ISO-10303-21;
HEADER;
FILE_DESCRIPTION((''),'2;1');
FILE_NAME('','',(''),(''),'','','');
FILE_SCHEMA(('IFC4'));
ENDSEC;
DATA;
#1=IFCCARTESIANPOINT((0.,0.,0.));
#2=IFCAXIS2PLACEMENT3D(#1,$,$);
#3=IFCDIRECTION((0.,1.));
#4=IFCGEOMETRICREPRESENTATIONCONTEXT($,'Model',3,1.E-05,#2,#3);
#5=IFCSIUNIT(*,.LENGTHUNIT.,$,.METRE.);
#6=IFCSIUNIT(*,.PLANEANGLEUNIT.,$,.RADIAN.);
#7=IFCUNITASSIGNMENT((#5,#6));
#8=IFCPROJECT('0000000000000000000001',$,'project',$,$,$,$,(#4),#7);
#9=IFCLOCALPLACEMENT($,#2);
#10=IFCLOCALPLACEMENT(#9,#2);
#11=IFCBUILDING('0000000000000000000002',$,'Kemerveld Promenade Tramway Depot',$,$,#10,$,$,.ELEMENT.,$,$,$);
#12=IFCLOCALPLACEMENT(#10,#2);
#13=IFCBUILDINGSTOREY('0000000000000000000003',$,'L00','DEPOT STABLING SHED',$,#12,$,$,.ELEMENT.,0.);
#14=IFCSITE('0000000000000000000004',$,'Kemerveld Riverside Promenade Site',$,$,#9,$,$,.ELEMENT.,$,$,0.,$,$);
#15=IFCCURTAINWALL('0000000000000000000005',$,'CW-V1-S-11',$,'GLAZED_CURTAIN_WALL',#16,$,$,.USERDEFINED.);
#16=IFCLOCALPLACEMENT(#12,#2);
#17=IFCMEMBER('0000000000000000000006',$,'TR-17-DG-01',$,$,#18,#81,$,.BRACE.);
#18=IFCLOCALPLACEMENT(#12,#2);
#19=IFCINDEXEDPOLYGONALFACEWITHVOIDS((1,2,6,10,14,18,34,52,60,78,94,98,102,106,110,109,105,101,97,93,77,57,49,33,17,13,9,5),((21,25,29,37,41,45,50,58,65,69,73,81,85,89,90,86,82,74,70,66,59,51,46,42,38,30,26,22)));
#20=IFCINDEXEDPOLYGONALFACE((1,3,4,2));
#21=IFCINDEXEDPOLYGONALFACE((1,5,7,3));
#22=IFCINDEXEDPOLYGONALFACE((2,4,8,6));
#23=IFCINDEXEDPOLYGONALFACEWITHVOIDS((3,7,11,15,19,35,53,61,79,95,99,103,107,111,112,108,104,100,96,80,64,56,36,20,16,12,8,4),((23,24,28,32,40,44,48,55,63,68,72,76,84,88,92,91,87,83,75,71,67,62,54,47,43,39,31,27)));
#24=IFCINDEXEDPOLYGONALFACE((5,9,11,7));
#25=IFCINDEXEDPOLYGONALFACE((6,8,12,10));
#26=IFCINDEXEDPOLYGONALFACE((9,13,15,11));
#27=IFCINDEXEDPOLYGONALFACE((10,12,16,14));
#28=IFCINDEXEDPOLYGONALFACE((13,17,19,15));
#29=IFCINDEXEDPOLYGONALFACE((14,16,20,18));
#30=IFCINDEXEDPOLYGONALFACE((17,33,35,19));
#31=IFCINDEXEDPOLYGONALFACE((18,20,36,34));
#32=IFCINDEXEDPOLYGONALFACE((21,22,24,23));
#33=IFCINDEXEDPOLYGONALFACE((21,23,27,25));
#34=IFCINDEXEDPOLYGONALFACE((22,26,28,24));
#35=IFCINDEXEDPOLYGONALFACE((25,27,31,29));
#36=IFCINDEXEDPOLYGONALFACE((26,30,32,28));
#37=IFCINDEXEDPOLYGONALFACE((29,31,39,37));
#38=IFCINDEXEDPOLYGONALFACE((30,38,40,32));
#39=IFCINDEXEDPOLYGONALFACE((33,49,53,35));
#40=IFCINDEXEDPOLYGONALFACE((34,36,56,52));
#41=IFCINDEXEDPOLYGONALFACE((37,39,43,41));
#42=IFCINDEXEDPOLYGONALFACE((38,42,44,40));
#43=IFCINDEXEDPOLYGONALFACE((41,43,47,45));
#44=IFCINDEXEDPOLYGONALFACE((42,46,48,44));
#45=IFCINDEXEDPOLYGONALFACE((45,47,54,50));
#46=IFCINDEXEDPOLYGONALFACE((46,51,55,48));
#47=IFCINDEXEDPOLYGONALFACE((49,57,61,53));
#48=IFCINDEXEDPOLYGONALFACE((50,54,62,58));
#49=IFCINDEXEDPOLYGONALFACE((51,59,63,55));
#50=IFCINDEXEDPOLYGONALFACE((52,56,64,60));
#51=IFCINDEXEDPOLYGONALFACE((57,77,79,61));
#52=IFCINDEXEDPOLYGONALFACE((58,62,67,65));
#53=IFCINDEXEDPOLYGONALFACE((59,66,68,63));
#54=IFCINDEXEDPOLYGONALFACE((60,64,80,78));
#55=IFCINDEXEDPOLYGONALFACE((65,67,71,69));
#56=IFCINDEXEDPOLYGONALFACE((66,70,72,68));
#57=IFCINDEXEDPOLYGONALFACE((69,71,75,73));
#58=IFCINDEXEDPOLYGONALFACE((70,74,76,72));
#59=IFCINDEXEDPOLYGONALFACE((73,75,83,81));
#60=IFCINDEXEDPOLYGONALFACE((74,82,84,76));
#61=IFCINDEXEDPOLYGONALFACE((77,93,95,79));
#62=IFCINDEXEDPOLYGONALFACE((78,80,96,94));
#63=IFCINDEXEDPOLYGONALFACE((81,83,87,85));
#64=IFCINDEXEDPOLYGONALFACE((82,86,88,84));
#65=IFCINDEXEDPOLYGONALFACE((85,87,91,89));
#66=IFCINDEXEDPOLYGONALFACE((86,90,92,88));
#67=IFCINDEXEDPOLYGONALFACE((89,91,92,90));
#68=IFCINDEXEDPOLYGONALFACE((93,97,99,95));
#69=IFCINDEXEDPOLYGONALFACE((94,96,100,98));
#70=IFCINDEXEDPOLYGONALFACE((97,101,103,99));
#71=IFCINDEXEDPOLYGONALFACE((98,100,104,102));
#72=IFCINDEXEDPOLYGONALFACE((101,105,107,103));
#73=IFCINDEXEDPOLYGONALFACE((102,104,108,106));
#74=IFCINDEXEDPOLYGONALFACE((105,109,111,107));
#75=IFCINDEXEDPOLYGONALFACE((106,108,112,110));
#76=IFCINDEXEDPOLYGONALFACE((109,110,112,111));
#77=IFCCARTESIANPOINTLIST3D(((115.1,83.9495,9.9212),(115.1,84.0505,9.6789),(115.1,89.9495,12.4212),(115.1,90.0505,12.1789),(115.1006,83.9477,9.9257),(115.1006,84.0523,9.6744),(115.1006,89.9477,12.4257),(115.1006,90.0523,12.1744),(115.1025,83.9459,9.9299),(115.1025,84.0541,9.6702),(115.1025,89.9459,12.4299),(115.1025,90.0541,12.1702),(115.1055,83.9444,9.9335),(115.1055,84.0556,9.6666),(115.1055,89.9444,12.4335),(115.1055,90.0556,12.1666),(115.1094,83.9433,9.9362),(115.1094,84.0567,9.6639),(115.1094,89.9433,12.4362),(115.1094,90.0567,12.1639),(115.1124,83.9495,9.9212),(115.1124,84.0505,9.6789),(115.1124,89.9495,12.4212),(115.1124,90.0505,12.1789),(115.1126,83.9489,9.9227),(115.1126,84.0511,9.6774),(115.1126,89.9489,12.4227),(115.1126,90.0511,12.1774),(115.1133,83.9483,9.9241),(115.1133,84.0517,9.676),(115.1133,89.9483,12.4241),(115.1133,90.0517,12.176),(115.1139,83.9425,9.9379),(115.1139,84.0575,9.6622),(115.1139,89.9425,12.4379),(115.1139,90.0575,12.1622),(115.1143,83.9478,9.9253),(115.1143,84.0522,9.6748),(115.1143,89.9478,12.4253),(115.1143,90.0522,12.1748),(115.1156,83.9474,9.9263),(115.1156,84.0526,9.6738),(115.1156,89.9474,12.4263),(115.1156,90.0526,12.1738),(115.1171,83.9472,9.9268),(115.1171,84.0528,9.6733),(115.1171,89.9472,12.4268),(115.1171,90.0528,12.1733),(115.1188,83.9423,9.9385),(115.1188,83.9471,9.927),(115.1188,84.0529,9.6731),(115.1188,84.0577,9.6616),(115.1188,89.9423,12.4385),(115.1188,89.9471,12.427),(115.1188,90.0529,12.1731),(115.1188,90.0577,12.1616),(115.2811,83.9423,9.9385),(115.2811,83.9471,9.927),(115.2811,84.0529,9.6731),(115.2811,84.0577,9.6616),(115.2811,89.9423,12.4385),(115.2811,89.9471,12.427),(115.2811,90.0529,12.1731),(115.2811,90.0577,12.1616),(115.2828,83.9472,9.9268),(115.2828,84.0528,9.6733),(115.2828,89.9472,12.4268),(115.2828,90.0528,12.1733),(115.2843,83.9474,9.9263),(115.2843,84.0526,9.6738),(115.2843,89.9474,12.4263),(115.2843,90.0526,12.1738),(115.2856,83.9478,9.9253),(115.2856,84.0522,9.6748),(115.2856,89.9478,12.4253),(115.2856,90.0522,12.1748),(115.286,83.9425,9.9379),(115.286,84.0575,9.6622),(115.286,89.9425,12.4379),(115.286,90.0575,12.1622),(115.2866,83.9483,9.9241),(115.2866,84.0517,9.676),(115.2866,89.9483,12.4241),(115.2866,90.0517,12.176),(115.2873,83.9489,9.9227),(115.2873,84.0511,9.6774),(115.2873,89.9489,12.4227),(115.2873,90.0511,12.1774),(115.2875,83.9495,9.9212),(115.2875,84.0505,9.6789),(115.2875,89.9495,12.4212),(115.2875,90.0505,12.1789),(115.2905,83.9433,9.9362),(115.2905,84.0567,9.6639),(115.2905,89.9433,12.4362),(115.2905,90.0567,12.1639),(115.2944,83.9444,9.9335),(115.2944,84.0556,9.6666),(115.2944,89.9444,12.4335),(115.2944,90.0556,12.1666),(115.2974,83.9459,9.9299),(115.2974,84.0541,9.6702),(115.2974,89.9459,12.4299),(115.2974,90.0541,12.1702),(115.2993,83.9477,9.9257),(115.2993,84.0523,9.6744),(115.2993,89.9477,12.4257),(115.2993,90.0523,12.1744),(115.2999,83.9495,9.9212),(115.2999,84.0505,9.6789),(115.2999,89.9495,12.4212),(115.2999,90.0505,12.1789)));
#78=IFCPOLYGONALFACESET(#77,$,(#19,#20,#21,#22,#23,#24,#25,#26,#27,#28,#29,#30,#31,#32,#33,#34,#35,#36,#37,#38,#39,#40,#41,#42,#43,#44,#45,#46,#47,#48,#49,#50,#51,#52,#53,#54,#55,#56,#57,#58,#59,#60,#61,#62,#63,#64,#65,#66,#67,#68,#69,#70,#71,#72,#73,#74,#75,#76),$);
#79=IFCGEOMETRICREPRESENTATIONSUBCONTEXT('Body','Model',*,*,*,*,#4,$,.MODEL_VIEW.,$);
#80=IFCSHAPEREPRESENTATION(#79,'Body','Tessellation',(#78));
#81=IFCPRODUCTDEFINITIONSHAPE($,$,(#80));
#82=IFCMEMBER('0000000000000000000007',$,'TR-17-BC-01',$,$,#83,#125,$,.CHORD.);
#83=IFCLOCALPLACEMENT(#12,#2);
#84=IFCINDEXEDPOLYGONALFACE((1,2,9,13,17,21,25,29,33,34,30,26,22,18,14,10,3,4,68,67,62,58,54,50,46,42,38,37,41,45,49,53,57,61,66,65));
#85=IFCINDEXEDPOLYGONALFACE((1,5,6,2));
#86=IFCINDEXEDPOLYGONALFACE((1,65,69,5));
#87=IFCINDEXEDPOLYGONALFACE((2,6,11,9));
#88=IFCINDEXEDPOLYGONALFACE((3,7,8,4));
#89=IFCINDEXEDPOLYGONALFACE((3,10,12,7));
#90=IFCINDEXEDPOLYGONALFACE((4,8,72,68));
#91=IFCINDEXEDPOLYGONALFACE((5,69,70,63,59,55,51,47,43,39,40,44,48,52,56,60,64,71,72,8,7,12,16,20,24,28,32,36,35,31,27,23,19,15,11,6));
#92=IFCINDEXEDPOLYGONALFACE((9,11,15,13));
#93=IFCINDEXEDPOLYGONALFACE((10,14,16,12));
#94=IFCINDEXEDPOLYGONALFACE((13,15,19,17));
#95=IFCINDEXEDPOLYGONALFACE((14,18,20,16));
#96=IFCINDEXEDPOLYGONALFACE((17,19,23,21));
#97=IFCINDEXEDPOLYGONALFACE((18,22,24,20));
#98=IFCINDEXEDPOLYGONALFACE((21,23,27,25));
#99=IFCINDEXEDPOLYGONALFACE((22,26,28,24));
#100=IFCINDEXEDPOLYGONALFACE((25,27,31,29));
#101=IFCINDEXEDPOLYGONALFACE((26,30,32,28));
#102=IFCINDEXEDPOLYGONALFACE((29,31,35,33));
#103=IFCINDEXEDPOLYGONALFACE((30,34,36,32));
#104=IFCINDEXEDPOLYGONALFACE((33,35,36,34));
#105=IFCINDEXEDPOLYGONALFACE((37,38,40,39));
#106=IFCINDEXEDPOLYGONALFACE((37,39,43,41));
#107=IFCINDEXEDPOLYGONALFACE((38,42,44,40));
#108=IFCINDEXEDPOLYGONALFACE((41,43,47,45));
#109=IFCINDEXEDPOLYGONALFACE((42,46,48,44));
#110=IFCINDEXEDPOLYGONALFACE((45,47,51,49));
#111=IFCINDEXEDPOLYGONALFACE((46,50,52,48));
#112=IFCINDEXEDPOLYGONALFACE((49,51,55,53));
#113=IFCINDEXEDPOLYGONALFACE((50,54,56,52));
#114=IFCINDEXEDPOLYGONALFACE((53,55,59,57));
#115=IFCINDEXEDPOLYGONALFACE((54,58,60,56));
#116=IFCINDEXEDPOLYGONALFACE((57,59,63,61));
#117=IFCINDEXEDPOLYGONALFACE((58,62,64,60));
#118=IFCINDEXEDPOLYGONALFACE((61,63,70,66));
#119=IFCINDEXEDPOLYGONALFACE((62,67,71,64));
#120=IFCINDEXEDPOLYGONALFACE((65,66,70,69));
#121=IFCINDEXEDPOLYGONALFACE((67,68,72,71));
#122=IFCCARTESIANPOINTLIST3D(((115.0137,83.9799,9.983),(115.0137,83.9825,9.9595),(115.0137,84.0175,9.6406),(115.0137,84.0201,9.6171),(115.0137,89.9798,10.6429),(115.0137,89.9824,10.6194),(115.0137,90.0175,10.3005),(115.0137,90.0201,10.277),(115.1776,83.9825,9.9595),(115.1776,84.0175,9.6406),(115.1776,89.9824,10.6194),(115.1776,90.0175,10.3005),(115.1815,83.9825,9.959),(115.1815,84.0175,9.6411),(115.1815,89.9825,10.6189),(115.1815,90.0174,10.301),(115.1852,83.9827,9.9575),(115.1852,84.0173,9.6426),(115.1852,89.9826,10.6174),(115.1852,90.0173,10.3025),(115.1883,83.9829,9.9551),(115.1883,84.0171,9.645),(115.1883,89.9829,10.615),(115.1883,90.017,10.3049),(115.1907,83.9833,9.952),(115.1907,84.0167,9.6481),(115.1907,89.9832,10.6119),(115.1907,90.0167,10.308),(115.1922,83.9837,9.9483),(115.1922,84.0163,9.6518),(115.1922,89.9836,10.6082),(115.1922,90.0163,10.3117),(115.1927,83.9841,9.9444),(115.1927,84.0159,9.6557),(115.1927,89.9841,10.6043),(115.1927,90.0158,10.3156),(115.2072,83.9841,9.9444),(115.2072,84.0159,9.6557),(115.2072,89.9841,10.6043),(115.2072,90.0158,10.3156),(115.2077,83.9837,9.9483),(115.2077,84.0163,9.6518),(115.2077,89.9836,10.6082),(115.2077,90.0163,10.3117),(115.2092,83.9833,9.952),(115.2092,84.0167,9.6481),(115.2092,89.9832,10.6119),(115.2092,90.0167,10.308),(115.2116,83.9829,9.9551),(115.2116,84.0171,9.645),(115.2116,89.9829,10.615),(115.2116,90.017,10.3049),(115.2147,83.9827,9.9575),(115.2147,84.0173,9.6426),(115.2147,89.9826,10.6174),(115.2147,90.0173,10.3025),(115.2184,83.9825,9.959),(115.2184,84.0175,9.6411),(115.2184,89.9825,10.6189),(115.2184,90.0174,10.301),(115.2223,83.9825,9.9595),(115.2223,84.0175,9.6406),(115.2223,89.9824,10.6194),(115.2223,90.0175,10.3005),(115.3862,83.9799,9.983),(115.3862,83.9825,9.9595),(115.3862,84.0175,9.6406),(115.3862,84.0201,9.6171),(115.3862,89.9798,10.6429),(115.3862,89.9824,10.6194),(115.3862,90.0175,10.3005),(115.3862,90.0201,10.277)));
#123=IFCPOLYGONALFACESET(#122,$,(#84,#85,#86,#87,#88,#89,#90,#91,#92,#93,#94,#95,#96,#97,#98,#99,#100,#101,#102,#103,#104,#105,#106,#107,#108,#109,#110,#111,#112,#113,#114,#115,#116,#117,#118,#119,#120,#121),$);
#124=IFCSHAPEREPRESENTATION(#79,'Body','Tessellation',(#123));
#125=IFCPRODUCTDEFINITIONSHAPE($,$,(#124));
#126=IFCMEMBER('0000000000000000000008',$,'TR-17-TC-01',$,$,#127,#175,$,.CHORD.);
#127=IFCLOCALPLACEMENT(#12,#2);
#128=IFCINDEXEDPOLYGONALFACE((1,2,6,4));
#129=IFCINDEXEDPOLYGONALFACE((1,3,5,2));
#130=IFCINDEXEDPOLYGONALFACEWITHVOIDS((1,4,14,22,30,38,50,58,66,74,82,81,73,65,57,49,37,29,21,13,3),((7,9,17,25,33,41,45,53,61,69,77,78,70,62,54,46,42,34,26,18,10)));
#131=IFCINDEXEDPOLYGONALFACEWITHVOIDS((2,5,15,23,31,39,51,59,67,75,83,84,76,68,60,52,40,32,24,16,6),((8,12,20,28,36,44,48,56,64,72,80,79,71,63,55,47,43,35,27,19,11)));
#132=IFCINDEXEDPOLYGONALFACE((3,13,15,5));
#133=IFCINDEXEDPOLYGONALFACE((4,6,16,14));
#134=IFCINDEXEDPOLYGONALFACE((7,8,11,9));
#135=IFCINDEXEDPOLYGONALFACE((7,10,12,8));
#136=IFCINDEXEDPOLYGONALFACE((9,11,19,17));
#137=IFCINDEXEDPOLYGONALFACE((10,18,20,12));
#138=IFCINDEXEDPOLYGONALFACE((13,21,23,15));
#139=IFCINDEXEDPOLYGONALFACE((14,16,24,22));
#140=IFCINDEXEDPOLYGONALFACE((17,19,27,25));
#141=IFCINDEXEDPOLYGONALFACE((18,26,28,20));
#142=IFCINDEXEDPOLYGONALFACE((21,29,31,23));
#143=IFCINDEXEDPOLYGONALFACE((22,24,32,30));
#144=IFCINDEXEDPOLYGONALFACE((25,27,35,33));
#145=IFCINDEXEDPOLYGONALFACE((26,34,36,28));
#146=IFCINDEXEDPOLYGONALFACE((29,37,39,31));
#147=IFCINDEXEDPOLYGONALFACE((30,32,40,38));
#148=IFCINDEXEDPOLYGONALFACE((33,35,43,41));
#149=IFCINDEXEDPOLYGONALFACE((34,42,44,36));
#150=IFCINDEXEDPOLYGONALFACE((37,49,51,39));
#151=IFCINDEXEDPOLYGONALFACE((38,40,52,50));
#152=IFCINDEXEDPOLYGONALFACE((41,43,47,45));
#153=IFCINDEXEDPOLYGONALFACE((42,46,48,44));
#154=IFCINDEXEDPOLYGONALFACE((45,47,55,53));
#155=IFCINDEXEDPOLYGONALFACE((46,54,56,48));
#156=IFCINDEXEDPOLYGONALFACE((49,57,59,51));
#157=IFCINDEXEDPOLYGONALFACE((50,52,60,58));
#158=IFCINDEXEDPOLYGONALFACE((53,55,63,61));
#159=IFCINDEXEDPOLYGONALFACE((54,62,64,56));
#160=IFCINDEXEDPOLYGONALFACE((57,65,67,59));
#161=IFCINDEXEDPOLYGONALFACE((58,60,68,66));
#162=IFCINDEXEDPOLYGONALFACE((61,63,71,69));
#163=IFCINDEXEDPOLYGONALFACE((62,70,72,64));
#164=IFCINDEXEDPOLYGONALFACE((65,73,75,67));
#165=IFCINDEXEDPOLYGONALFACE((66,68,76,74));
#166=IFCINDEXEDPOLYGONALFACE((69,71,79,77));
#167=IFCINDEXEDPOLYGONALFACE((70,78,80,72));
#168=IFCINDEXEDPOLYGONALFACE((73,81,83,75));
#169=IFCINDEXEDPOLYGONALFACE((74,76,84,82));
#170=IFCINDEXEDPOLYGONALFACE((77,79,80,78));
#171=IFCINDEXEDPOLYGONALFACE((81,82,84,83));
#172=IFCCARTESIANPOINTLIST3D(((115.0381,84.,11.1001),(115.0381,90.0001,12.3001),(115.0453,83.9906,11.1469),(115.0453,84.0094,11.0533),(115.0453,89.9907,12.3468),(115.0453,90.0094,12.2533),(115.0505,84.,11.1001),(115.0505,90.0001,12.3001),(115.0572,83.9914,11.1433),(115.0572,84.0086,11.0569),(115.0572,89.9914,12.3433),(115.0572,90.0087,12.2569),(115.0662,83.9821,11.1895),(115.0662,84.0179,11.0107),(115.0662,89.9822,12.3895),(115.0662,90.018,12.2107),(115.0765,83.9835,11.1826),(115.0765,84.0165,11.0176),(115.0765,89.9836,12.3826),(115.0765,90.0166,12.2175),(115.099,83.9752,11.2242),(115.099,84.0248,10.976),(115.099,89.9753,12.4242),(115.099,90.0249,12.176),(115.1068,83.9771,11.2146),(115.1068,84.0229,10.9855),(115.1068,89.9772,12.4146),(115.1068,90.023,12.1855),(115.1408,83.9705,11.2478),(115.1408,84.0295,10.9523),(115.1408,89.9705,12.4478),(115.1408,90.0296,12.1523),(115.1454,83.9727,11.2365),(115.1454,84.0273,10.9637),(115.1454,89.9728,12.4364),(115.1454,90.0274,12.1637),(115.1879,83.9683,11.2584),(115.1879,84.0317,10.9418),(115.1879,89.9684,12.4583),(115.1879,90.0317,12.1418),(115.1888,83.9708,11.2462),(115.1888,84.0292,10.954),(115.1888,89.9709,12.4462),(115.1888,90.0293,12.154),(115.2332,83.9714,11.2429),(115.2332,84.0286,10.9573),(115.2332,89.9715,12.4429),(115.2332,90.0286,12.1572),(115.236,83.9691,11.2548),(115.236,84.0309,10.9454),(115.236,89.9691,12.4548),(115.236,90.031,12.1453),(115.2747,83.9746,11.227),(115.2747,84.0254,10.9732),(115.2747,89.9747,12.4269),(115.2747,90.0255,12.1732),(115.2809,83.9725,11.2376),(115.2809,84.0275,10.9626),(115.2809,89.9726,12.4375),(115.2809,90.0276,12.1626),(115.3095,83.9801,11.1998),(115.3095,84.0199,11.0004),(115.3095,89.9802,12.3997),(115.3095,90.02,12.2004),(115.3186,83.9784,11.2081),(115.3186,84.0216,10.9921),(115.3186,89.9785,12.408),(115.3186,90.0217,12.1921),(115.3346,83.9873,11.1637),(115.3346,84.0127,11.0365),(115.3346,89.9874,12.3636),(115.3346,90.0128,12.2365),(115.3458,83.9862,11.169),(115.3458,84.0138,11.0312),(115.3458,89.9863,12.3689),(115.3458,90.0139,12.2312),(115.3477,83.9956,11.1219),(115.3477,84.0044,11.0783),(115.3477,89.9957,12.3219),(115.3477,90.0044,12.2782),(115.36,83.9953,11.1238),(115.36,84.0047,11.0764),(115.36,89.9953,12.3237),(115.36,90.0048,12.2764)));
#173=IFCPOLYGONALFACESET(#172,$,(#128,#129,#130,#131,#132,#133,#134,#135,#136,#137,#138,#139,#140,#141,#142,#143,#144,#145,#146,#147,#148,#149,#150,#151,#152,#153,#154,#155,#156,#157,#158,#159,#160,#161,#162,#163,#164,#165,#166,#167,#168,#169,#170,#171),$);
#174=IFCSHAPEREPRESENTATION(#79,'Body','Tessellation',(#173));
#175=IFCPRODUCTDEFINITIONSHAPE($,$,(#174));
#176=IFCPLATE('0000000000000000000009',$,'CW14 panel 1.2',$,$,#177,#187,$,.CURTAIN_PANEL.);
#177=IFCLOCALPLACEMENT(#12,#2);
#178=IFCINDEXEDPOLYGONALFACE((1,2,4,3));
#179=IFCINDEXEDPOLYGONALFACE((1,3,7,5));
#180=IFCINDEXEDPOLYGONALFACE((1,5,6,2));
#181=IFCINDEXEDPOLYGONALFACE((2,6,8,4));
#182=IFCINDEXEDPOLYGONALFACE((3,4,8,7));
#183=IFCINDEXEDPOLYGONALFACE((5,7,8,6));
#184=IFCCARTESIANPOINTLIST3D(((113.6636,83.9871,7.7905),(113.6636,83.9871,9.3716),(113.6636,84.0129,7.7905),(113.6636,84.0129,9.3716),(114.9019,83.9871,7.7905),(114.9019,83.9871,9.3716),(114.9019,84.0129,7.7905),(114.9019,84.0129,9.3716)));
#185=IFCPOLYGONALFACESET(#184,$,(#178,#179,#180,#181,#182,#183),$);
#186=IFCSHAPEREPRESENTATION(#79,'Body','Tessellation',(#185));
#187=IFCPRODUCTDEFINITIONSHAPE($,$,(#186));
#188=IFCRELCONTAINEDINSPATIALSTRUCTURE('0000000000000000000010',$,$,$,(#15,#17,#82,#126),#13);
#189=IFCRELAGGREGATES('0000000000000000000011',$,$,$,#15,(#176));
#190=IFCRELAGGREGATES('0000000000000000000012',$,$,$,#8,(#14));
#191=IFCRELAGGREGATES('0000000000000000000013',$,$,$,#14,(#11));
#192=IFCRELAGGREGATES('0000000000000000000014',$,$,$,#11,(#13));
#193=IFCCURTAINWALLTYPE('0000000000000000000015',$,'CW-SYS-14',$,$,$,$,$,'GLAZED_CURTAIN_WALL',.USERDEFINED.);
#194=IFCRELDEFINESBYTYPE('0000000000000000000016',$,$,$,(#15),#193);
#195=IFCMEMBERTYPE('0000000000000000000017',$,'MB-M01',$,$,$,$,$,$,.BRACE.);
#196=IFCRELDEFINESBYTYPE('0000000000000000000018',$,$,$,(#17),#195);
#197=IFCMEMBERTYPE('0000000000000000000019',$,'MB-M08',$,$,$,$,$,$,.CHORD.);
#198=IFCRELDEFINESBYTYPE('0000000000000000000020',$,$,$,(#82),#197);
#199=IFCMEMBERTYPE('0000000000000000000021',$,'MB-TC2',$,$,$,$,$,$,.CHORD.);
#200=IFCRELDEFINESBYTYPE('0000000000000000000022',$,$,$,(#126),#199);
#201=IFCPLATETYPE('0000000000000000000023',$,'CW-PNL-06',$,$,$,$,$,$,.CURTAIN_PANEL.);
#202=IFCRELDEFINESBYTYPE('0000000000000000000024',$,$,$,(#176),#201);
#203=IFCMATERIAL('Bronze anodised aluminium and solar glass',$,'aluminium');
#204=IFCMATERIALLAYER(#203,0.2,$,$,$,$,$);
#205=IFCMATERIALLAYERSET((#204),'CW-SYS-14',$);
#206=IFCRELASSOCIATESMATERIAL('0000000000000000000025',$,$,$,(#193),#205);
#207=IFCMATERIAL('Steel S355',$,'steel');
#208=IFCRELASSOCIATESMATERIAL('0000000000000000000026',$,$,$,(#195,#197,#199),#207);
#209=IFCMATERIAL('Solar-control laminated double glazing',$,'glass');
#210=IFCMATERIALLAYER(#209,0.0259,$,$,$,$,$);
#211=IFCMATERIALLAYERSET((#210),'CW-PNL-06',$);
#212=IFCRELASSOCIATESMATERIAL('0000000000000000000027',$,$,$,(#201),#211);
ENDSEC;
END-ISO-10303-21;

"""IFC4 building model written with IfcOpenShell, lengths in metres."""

from ifc_helpers import new_model, si_unit, direction, frame, origin, origin_2d, place, context, subcontext, project, spatial, rectangle, hollow_rectangle, hollow_circle, i_section, extrude, material, layer, layer_set, material_profile, profile_set, type_object, element, aggregate, save


model = new_model("IFC4")

# Units and contexts
model_context = context("Model", 3, precision=1e-05, world=origin(), true_north=direction((0.0, 1.0)))
body_context = subcontext(model_context, "Body", "Model", "MODEL_VIEW")
ifc_project = project(units=[si_unit("LENGTHUNIT", "METRE"), si_unit("PLANEANGLEUNIT", "RADIAN")], contexts=[model_context])

# Site, building, storey
site_placement = place(None, origin())
site = spatial("IfcSite", under=ifc_project, at=site_placement, Name="Kemerveld Riverside Promenade Site", CompositionType="ELEMENT", RefElevation=0.0)
building_placement = place(site_placement, origin())
building = spatial("IfcBuilding", under=site, at=building_placement, Name="Kemerveld Promenade Tramway Depot", CompositionType="ELEMENT")
storey_placement = place(building_placement, origin())
storey = spatial("IfcBuildingStorey", under=building, at=storey_placement, Name="L00", Description="DEPOT STABLING SHED", CompositionType="ELEMENT", Elevation=0.0)

# Shared definitions
ifc_material_1 = material(Name="Steel S355", Category="steel")

# Curtain wall
ifc_material_2 = material(Name="Bronze anodised aluminium and solar glass", Category="aluminium")
ifc_layer_1 = layer(ifc_material_2, 0.2)
ifc_layer_set_1 = layer_set([ifc_layer_1], Name="CW-SYS-14")
curtain_wall_type_1 = type_object("IfcCurtainWallType", Name="CW-SYS-14", ElementType="GLAZED_CURTAIN_WALL", PredefinedType="USERDEFINED", material=ifc_layer_set_1)
curtain_wall_1_placement = place(storey_placement, origin())
curtain_wall_1 = element("IfcCurtainWall", 1, at=curtain_wall_1_placement, inside=storey, type_object=curtain_wall_type_1, Name="CW-V1-S-11", ObjectType="GLAZED_CURTAIN_WALL", PredefinedType="USERDEFINED")

# Members
ifc_material_profile_1 = material_profile(ifc_material_1, hollow_rectangle(XDim=0.2, YDim=0.3, WallThickness=0.0125, InnerFilletRadius=0.0063, OuterFilletRadius=0.0188, at=origin_2d()), Name="300x200x12.5 RHS")
ifc_profile_set_1 = profile_set([ifc_material_profile_1], Name="Steel S355")
member_type_1 = type_object("IfcMemberType", Name="MB-M01", PredefinedType="BRACE", material=ifc_profile_set_1)
member_1_placement = place(storey_placement, frame((115.2, 84.0, 9.8), z_axis=(0.0, 0.923077, 0.384615), x_axis=(-1.0, 0.0, 0.0)))
element("IfcMember", 2, at=member_1_placement, inside=storey, type_object=member_type_1, Name="TR-17-DG-01", PredefinedType="BRACE", context=body_context, shape_type="SweptSolid", body=[
    extrude(hollow_rectangle(XDim=0.2, YDim=0.3, WallThickness=0.0125, InnerFilletRadius=0.0063, OuterFilletRadius=0.0188, at=origin_2d()), origin(), (0.0, 0.0, 1.0), 6.5),
])
ifc_material_profile_2 = material_profile(ifc_material_1, i_section(OverallWidth=0.3726, OverallDepth=0.3682, WebThickness=0.0144, FlangeThickness=0.0237, FilletRadius=0.0151, at=origin_2d()), Name="356x368x177 UC")
ifc_profile_set_2 = profile_set([ifc_material_profile_2], Name="Steel S355")
member_type_2 = type_object("IfcMemberType", Name="MB-M08", PredefinedType="CHORD", material=ifc_profile_set_2)
member_2_placement = place(storey_placement, frame((115.2, 84.0, 9.8), z_axis=(0.0, 0.994006, 0.109326), x_axis=(-1.0, 0.0, 0.0)))
element("IfcMember", 3, at=member_2_placement, inside=storey, type_object=member_type_2, Name="TR-17-BC-01", PredefinedType="CHORD", context=body_context, shape_type="SweptSolid", body=[
    extrude(i_section(OverallWidth=0.3726, OverallDepth=0.3682, WebThickness=0.0144, FlangeThickness=0.0237, FilletRadius=0.0151, at=origin_2d()), origin(), (0.0, 0.0, 1.0), 6.0361),
])
ifc_material_profile_3 = material_profile(ifc_material_1, hollow_circle(Radius=0.1619, WallThickness=0.0125, at=origin_2d()), Name="323.9x12.5 CHS")
ifc_profile_set_3 = profile_set([ifc_material_profile_3], Name="Steel S355")
member_type_3 = type_object("IfcMemberType", Name="MB-TC2", PredefinedType="CHORD", material=ifc_profile_set_3)
member_3_placement = place(storey_placement, frame((115.2, 84.0, 11.1001), z_axis=(0.0, 0.980582, 0.196108), x_axis=(-1.0, 0.0, 0.0)))
element("IfcMember", 4, at=member_3_placement, inside=storey, type_object=member_type_3, Name="TR-17-TC-01", PredefinedType="CHORD", context=body_context, shape_type="SweptSolid", body=[
    extrude(hollow_circle(Radius=0.1619, WallThickness=0.0125, at=origin_2d()), origin(), (0.0, 0.0, 1.0), 6.1189),
])

# Plate
ifc_material_3 = material(Name="Solar-control laminated double glazing", Category="glass")
ifc_layer_2 = layer(ifc_material_3, 0.0259)
ifc_layer_set_2 = layer_set([ifc_layer_2], Name="CW-PNL-06")
plate_type_1 = type_object("IfcPlateType", Name="CW-PNL-06", PredefinedType="CURTAIN_PANEL", material=ifc_layer_set_2)
plate_1_placement = place(storey_placement, frame((114.2827, 84.0, 7.7905), z_axis=(0.0, 0.0, 1.0), x_axis=(-1.0, 0.0, 0.0)))
plate_1 = element("IfcPlate", 5, at=plate_1_placement, type_object=plate_type_1, Name="CW14 panel 1.2", PredefinedType="CURTAIN_PANEL", context=body_context, shape_type="SweptSolid", body=[
    extrude(rectangle(XDim=1.2383, YDim=0.0259, at=origin_2d()), origin(), (0.0, 0.0, 1.0), 1.5811),
])
aggregate(curtain_wall_1, [plate_1])

save(model, "model.ifc")
